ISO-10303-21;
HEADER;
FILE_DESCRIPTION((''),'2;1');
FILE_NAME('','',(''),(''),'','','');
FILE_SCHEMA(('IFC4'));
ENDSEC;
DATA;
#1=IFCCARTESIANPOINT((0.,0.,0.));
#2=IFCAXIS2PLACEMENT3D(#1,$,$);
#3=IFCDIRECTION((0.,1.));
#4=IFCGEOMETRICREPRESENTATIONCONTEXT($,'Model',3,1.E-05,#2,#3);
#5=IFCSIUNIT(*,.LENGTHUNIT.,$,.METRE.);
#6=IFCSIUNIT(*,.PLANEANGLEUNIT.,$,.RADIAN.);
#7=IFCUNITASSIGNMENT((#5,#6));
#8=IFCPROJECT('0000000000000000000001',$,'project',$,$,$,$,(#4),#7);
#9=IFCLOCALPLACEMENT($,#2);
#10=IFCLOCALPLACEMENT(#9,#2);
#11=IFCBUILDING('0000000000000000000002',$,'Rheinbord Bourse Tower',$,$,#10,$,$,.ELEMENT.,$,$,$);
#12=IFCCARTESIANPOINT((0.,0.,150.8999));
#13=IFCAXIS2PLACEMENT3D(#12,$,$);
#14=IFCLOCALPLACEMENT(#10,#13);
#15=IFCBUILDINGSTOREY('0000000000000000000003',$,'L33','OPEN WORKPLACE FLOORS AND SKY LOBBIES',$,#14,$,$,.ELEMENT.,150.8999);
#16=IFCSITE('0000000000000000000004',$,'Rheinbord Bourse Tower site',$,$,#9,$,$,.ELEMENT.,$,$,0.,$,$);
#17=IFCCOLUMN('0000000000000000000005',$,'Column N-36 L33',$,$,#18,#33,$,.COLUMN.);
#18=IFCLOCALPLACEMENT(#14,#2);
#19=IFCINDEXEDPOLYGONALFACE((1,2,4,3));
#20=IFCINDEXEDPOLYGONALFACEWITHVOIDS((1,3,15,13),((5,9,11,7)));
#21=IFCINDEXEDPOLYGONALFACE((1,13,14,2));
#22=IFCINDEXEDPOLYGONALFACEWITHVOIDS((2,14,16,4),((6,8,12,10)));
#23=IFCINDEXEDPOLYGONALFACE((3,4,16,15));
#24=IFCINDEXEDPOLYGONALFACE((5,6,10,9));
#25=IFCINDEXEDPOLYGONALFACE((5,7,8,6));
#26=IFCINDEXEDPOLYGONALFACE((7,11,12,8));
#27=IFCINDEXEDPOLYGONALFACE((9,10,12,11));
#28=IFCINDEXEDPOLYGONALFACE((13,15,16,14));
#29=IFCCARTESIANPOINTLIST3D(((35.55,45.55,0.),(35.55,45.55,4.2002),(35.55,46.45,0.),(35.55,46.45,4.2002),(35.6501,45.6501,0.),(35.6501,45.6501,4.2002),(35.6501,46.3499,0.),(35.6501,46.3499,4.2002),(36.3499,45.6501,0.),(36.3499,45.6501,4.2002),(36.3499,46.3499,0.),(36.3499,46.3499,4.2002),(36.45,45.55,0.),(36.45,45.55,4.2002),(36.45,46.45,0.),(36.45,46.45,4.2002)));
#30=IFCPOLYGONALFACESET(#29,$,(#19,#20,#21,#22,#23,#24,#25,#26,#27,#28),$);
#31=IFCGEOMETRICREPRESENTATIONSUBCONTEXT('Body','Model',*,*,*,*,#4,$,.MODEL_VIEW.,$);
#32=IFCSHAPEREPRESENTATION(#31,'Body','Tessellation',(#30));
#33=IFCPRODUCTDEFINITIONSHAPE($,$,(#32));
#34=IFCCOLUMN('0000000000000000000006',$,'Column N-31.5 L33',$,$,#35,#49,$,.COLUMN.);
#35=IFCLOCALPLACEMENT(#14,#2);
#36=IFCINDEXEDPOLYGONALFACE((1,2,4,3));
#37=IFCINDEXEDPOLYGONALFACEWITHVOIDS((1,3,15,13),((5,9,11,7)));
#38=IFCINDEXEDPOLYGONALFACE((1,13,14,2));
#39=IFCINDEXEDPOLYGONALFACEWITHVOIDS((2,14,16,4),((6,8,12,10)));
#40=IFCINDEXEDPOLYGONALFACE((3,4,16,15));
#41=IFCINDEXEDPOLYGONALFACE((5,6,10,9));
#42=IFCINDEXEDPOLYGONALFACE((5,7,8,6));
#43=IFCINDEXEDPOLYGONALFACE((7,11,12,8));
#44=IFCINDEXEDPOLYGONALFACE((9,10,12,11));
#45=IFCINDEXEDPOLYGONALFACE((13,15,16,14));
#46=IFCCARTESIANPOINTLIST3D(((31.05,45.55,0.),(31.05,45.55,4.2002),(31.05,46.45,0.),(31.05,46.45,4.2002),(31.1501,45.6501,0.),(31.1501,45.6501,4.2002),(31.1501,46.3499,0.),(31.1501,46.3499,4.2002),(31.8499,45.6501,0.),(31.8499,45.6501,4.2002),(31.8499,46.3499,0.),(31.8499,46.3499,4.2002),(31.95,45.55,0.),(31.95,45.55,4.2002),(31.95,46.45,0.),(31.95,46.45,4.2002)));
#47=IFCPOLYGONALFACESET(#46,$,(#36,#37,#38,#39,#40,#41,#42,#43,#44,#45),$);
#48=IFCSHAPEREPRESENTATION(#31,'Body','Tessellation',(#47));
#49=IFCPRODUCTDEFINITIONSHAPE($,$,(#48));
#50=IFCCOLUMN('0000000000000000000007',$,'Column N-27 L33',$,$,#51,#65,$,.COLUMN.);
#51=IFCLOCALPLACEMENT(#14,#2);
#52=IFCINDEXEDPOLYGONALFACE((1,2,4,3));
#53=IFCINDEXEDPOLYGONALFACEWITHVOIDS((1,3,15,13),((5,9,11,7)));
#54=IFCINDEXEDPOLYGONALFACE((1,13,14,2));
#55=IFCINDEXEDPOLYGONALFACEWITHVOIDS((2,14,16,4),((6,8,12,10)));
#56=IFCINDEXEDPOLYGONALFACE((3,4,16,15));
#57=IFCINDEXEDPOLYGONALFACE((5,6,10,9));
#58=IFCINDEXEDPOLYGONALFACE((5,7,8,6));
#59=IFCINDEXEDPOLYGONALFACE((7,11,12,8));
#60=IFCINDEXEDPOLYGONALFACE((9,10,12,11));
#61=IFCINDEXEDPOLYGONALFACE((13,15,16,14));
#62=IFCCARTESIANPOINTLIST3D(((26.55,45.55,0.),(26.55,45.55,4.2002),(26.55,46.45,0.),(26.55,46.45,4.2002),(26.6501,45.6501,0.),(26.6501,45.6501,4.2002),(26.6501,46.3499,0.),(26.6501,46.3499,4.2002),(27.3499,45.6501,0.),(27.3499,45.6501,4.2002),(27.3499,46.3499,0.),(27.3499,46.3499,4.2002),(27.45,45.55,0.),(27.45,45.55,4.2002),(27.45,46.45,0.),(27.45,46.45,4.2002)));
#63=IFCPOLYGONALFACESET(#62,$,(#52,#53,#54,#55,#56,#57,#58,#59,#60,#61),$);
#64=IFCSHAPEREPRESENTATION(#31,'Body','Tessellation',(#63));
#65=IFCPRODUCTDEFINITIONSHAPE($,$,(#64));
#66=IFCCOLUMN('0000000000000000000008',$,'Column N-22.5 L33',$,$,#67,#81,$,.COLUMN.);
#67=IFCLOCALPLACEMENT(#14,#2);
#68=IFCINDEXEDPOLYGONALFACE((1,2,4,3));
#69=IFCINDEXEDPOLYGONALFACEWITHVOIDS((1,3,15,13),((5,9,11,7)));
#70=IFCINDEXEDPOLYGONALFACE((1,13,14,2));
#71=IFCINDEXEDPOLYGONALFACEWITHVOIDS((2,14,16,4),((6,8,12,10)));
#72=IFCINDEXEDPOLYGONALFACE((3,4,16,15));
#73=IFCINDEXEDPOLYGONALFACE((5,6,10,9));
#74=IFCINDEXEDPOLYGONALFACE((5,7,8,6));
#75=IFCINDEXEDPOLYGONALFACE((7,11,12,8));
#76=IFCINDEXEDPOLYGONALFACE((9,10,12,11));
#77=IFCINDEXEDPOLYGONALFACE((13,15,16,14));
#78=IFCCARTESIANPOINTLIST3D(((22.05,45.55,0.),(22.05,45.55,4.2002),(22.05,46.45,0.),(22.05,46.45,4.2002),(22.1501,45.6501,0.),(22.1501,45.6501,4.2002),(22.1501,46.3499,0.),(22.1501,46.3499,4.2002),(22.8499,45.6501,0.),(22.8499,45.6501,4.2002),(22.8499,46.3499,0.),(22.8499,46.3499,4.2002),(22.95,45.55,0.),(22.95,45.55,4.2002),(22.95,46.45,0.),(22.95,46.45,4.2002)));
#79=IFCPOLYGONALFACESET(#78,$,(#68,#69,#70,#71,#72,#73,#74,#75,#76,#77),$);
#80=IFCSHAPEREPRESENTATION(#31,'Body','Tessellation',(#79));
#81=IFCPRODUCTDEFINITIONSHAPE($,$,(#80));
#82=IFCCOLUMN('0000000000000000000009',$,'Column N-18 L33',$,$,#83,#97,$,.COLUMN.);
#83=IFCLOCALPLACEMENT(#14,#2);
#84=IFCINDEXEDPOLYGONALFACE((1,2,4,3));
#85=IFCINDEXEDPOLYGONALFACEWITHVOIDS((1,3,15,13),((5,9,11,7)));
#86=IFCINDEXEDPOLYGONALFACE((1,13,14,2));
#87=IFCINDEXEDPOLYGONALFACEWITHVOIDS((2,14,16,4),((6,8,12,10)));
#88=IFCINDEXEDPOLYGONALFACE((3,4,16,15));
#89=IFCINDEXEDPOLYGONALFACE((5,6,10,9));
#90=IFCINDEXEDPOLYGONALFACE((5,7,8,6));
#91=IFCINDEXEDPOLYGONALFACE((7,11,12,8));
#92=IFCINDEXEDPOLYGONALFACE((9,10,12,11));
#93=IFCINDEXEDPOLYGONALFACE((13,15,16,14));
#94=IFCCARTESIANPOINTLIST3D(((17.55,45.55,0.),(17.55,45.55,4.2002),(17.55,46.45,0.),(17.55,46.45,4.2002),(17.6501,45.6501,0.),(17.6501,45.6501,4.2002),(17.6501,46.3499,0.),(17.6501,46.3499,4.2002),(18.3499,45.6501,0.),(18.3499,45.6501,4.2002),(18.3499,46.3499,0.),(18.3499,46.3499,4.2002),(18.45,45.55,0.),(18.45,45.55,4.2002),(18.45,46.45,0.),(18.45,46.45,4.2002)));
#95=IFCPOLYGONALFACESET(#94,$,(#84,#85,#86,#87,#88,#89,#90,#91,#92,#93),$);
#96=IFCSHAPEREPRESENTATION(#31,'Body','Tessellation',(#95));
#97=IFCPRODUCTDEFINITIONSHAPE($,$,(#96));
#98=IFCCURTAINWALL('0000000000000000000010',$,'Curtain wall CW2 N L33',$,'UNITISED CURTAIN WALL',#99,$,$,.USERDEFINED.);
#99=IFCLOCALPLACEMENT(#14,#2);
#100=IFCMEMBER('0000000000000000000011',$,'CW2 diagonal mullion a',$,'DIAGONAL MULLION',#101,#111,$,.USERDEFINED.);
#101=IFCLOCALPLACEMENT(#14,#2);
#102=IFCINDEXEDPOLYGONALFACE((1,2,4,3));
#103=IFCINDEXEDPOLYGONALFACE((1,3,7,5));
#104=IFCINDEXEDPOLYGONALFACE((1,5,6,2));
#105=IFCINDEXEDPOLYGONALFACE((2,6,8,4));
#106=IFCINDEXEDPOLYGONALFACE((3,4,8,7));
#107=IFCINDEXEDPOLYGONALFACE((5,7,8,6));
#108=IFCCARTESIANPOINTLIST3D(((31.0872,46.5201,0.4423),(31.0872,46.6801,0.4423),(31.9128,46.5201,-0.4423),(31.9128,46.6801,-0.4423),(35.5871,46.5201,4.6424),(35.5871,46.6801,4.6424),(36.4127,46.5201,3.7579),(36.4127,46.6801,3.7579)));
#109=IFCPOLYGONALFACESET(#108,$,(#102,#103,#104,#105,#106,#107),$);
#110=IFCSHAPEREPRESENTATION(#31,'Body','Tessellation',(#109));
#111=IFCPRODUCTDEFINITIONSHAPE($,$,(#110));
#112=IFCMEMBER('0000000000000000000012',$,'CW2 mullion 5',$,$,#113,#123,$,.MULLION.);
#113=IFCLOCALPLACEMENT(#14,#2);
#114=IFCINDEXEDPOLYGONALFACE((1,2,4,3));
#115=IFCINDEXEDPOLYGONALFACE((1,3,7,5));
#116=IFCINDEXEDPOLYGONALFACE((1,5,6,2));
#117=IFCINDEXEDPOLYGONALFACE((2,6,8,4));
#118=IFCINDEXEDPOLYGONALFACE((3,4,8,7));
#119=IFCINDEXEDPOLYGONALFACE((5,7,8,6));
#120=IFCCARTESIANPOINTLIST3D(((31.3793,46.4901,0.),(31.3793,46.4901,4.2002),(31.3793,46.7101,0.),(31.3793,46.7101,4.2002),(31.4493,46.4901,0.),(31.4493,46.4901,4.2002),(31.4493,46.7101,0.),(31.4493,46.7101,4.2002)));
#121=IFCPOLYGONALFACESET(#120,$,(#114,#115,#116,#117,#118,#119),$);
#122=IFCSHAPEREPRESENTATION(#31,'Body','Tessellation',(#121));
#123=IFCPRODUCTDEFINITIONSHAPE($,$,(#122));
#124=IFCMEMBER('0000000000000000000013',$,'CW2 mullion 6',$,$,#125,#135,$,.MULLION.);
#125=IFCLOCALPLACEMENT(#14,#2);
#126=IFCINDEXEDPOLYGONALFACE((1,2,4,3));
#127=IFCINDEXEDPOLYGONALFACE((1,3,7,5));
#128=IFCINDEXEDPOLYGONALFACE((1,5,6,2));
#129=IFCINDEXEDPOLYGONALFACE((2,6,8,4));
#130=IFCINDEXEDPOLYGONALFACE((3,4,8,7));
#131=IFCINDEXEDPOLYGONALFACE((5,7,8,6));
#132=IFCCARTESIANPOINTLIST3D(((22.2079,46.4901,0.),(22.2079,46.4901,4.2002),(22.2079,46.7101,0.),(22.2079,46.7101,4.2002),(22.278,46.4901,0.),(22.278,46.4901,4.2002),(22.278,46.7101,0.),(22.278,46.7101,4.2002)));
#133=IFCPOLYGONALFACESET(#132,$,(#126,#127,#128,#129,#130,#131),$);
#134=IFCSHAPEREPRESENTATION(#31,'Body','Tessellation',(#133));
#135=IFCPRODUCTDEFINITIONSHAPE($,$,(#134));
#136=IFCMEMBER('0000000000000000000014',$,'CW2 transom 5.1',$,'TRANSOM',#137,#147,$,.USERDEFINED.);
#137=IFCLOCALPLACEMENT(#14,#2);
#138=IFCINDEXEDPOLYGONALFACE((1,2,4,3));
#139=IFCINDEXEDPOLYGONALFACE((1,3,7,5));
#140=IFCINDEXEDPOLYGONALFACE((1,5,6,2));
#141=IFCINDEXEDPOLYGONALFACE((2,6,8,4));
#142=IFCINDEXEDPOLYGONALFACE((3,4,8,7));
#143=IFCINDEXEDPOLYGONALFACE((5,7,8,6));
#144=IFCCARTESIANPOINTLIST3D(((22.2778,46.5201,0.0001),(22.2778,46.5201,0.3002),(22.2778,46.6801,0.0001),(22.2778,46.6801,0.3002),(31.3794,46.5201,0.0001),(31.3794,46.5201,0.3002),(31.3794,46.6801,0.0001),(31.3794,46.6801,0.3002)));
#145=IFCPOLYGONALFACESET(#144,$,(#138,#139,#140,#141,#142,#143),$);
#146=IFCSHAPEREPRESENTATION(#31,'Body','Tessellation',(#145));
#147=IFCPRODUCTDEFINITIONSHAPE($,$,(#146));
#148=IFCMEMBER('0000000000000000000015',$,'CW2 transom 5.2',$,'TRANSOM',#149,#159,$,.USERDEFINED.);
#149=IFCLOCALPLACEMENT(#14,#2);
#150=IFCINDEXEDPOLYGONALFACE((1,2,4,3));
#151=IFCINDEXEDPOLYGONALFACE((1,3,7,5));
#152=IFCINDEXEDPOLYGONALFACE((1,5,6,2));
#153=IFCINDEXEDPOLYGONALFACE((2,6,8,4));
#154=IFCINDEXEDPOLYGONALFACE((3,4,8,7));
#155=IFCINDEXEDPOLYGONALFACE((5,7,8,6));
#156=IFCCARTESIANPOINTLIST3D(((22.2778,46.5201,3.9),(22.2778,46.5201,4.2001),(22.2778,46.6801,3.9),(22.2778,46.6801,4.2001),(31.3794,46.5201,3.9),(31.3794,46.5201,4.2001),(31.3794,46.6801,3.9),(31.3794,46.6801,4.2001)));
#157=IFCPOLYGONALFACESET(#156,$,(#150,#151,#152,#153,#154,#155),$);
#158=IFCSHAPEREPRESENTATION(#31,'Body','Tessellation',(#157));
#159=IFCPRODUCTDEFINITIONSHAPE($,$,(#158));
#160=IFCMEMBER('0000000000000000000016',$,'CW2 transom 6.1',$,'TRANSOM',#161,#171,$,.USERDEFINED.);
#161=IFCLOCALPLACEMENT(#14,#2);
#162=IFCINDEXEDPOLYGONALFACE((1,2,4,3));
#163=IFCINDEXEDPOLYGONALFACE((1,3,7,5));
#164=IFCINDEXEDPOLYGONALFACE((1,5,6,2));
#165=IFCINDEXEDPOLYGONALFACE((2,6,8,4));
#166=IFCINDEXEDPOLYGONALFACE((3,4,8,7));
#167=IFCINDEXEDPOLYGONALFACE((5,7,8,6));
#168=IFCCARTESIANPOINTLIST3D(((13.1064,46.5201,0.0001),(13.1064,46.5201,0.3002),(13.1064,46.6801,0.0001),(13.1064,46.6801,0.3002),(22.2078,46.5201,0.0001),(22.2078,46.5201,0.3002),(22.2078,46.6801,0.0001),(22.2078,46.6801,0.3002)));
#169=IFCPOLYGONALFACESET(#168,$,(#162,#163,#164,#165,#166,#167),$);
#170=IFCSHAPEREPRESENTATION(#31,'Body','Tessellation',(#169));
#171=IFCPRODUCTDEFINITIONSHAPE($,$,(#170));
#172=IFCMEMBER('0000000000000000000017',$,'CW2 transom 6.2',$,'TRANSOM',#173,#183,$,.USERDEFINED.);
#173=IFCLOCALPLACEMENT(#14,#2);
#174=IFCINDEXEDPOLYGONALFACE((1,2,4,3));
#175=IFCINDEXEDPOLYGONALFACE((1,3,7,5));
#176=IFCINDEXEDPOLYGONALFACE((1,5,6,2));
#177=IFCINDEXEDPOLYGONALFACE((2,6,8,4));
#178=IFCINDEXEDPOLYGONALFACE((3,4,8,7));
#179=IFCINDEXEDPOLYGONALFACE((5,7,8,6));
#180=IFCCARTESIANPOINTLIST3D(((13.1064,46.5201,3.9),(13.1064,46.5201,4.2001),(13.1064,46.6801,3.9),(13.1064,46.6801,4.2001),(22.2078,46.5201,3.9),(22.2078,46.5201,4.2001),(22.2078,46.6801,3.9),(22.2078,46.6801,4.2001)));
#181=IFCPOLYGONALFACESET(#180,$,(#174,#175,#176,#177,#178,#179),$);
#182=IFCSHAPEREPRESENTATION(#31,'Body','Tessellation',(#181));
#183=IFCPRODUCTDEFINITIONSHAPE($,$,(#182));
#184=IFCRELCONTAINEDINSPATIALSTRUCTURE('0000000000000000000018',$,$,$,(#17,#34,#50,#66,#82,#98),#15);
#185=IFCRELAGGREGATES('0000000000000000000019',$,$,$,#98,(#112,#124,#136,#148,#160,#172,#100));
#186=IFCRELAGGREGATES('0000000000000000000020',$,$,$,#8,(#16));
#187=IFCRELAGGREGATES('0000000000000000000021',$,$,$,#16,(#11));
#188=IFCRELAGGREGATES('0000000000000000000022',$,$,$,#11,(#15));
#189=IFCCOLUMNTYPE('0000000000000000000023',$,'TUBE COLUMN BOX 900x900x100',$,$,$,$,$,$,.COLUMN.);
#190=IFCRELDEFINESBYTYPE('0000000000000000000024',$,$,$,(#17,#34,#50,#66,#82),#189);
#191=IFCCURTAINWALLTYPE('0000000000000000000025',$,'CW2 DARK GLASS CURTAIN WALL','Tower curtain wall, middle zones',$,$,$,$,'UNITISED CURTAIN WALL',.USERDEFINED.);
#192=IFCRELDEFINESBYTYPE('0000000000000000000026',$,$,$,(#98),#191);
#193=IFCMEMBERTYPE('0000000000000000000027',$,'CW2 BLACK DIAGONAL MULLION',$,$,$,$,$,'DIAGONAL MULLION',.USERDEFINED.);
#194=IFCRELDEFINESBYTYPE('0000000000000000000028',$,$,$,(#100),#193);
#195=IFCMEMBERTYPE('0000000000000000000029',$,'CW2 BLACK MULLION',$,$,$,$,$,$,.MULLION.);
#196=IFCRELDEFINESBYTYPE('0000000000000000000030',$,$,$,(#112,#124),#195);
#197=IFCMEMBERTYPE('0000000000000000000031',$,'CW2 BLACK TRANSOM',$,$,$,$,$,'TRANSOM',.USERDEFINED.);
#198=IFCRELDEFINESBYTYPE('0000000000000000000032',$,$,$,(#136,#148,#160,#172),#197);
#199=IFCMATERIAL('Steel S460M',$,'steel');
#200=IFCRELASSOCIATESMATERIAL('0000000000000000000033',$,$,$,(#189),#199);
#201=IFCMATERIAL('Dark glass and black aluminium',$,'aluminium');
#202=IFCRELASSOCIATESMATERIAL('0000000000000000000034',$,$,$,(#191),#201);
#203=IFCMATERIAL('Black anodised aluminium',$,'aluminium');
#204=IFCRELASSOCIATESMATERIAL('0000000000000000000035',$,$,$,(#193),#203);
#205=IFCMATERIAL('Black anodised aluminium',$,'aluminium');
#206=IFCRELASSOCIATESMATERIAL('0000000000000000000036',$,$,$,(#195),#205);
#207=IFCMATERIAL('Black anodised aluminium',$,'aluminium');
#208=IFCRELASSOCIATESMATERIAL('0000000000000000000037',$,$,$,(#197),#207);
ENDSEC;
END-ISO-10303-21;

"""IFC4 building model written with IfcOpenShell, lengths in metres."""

from ifc_helpers import new_model, si_unit, direction, frame, origin, origin_2d, place, context, subcontext, project, spatial, rectangle, hollow_rectangle, extrude, material, material_profile, profile_set, type_object, element, aggregate, save


model = new_model("IFC4")

# Units and contexts
model_context = context("Model", 3, precision=1e-05, world=origin(), true_north=direction((0.0, 1.0)))
body_context = subcontext(model_context, "Body", "Model", "MODEL_VIEW")
ifc_project = project(units=[si_unit("LENGTHUNIT", "METRE"), si_unit("PLANEANGLEUNIT", "RADIAN")], contexts=[model_context])

# Site, building, storey
site_placement = place(None, origin())
site = spatial("IfcSite", under=ifc_project, at=site_placement, Name="Rheinbord Bourse Tower site", CompositionType="ELEMENT", RefElevation=0.0)
building_placement = place(site_placement, origin())
building = spatial("IfcBuilding", under=site, at=building_placement, Name="Rheinbord Bourse Tower", CompositionType="ELEMENT")
storey_placement = place(building_placement, frame((0.0, 0.0, 150.8999)))
storey = spatial("IfcBuildingStorey", under=building, at=storey_placement, Name="L33", Description="OPEN WORKPLACE FLOORS AND SKY LOBBIES", CompositionType="ELEMENT", Elevation=150.8999)

# Columns
ifc_material_1 = material(Name="Steel S460M", Category="steel")
ifc_material_profile_1 = material_profile(ifc_material_1, hollow_rectangle(XDim=0.8999, YDim=0.8999, WallThickness=0.1001, at=origin_2d()), Name="BOX 900x900x100")
ifc_profile_set_1 = profile_set([ifc_material_profile_1], Name="Steel S460M")
column_type = type_object("IfcColumnType", Name="TUBE COLUMN BOX 900x900x100", PredefinedType="COLUMN", material=ifc_profile_set_1)
for number, where, z_axis, x_axis, name in (
    (1, (36.0, 46.0, 0.0), (0.0, 0.0, 1.0), (0.0, 1.0, 0.0), "Column N-36 L33"),
    (2, (31.5, 46.0, 0.0), (0.0, 0.0, 1.0), (0.0, 1.0, 0.0), "Column N-31.5 L33"),
    (3, (27.0, 46.0, 0.0), (0.0, 0.0, 1.0), (0.0, 1.0, 0.0), "Column N-27 L33"),
    (4, (22.5, 46.0, 0.0), (0.0, 0.0, 1.0), (0.0, 1.0, 0.0), "Column N-22.5 L33"),
    (5, (18.0, 46.0, 0.0), (0.0, 0.0, 1.0), (0.0, 1.0, 0.0), "Column N-18 L33"),
):
    element("IfcColumn", number, at=place(storey_placement, frame(where, z_axis=z_axis, x_axis=x_axis)), inside=storey, type_object=column_type, Name=name, PredefinedType="COLUMN", context=body_context, shape_type="SweptSolid", body=[
        extrude(hollow_rectangle(XDim=0.8999, YDim=0.8999, WallThickness=0.1001, at=origin_2d()), origin(), (0.0, 0.0, 1.0), 4.2002),
    ])

# Curtain wall, members
ifc_material_2 = material(Name="Dark glass and black aluminium", Category="aluminium")
curtain_wall_type = type_object("IfcCurtainWallType", Name="CW2 DARK GLASS CURTAIN WALL", Description="Tower curtain wall, middle zones", ElementType="UNITISED CURTAIN WALL", PredefinedType="USERDEFINED", material=ifc_material_2)
curtain_wall_placement = place(storey_placement, origin())
curtain_wall = element("IfcCurtainWall", 6, at=curtain_wall_placement, inside=storey, type_object=curtain_wall_type, Name="Curtain wall CW2 N L33", ObjectType="UNITISED CURTAIN WALL", PredefinedType="USERDEFINED")
ifc_material_3 = material(Name="Black anodised aluminium", Category="aluminium")
ifc_material_profile_2 = material_profile(ifc_material_3, rectangle(XDim=0.1599, YDim=1.21, at=origin_2d()), Name="CW2 DIAGONAL MULLION 1210x160")
ifc_profile_set_2 = profile_set([ifc_material_profile_2], Name="Black anodised aluminium")
member_type_1 = type_object("IfcMemberType", Name="CW2 BLACK DIAGONAL MULLION", ElementType="DIAGONAL MULLION", PredefinedType="USERDEFINED", material=ifc_profile_set_2)
member_1_placement = place(storey_placement, frame((31.5, 46.6001, 0.0), z_axis=(0.731039, 0.0, 0.682335), x_axis=(0.0, 1.0, 0.0)))
member_1 = element("IfcMember", 7, at=member_1_placement, type_object=member_type_1, Name="CW2 diagonal mullion a", ObjectType="DIAGONAL MULLION", PredefinedType="USERDEFINED", context=body_context, shape_type="SweptSolid", body=[
    extrude(rectangle(XDim=0.1599, YDim=1.21, at=origin_2d()), origin(), (0.0, 0.0, 1.0), 6.1555),
])
ifc_material_4 = material(Name="Black anodised aluminium", Category="aluminium")
ifc_material_profile_3 = material_profile(ifc_material_4, rectangle(XDim=0.22, YDim=0.0701, at=origin_2d()), Name="CW2 MULLION 70x220")
ifc_profile_set_3 = profile_set([ifc_material_profile_3], Name="Black anodised aluminium")
member_type_2 = type_object("IfcMemberType", Name="CW2 BLACK MULLION", PredefinedType="MULLION", material=ifc_profile_set_3)
member_2_placement = place(storey_placement, frame((31.4143, 46.6001, 0.0), z_axis=(0.0, 0.0, 1.0), x_axis=(0.0, -1.0, 0.0)))
member_2 = element("IfcMember", 8, at=member_2_placement, type_object=member_type_2, Name="CW2 mullion 5", PredefinedType="MULLION", context=body_context, shape_type="SweptSolid", body=[
    extrude(rectangle(XDim=0.22, YDim=0.0701, at=origin_2d()), origin(), (0.0, 0.0, 1.0), 4.2002),
])
member_3_placement = place(storey_placement, frame((22.2429, 46.6001, 0.0), z_axis=(0.0, 0.0, 1.0), x_axis=(0.0, -1.0, 0.0)))
member_3 = element("IfcMember", 9, at=member_3_placement, type_object=member_type_2, Name="CW2 mullion 6", PredefinedType="MULLION", context=body_context, shape_type="SweptSolid", body=[
    extrude(rectangle(XDim=0.22, YDim=0.0701, at=origin_2d()), origin(), (0.0, 0.0, 1.0), 4.2002),
])
ifc_material_5 = material(Name="Black anodised aluminium", Category="aluminium")
ifc_material_profile_4 = material_profile(ifc_material_5, rectangle(XDim=0.1599, YDim=0.3, at=origin_2d()), Name="CW2 TRANSOM 300x160")
ifc_profile_set_4 = profile_set([ifc_material_profile_4], Name="Black anodised aluminium")
member_type_3 = type_object("IfcMemberType", Name="CW2 BLACK TRANSOM", ElementType="TRANSOM", PredefinedType="USERDEFINED", material=ifc_profile_set_4)
member_4_placement = place(storey_placement, frame((31.3794, 46.6001, 0.1501), z_axis=(-1.0, 0.0, 0.0), x_axis=(0.0, -1.0, 0.0)))
member_4 = element("IfcMember", 10, at=member_4_placement, type_object=member_type_3, Name="CW2 transom 5.1", ObjectType="TRANSOM", PredefinedType="USERDEFINED", context=body_context, shape_type="SweptSolid", body=[
    extrude(rectangle(XDim=0.1599, YDim=0.3, at=origin_2d()), origin(), (0.0, 0.0, 1.0), 9.1016),
])
member_5_placement = place(storey_placement, frame((31.3794, 46.6001, 4.05), z_axis=(-1.0, 0.0, 0.0), x_axis=(0.0, -1.0, 0.0)))
member_5 = element("IfcMember", 11, at=member_5_placement, type_object=member_type_3, Name="CW2 transom 5.2", ObjectType="TRANSOM", PredefinedType="USERDEFINED", context=body_context, shape_type="SweptSolid", body=[
    extrude(rectangle(XDim=0.1599, YDim=0.3, at=origin_2d()), origin(), (0.0, 0.0, 1.0), 9.1016),
])
member_6_placement = place(storey_placement, frame((22.2078, 46.6001, 0.1501), z_axis=(-1.0, 0.0, 0.0), x_axis=(0.0, -1.0, 0.0)))
member_6 = element("IfcMember", 12, at=member_6_placement, type_object=member_type_3, Name="CW2 transom 6.1", ObjectType="TRANSOM", PredefinedType="USERDEFINED", context=body_context, shape_type="SweptSolid", body=[
    extrude(rectangle(XDim=0.1599, YDim=0.3, at=origin_2d()), origin(), (0.0, 0.0, 1.0), 9.1013),
])
member_7_placement = place(storey_placement, frame((22.2078, 46.6001, 4.05), z_axis=(-1.0, 0.0, 0.0), x_axis=(0.0, -1.0, 0.0)))
member_7 = element("IfcMember", 13, at=member_7_placement, type_object=member_type_3, Name="CW2 transom 6.2", ObjectType="TRANSOM", PredefinedType="USERDEFINED", context=body_context, shape_type="SweptSolid", body=[
    extrude(rectangle(XDim=0.1599, YDim=0.3, at=origin_2d()), origin(), (0.0, 0.0, 1.0), 9.1013),
])

aggregate(curtain_wall, [member_2, member_3, member_4, member_5, member_6, member_7, member_1])

save(model, "model.ifc")
